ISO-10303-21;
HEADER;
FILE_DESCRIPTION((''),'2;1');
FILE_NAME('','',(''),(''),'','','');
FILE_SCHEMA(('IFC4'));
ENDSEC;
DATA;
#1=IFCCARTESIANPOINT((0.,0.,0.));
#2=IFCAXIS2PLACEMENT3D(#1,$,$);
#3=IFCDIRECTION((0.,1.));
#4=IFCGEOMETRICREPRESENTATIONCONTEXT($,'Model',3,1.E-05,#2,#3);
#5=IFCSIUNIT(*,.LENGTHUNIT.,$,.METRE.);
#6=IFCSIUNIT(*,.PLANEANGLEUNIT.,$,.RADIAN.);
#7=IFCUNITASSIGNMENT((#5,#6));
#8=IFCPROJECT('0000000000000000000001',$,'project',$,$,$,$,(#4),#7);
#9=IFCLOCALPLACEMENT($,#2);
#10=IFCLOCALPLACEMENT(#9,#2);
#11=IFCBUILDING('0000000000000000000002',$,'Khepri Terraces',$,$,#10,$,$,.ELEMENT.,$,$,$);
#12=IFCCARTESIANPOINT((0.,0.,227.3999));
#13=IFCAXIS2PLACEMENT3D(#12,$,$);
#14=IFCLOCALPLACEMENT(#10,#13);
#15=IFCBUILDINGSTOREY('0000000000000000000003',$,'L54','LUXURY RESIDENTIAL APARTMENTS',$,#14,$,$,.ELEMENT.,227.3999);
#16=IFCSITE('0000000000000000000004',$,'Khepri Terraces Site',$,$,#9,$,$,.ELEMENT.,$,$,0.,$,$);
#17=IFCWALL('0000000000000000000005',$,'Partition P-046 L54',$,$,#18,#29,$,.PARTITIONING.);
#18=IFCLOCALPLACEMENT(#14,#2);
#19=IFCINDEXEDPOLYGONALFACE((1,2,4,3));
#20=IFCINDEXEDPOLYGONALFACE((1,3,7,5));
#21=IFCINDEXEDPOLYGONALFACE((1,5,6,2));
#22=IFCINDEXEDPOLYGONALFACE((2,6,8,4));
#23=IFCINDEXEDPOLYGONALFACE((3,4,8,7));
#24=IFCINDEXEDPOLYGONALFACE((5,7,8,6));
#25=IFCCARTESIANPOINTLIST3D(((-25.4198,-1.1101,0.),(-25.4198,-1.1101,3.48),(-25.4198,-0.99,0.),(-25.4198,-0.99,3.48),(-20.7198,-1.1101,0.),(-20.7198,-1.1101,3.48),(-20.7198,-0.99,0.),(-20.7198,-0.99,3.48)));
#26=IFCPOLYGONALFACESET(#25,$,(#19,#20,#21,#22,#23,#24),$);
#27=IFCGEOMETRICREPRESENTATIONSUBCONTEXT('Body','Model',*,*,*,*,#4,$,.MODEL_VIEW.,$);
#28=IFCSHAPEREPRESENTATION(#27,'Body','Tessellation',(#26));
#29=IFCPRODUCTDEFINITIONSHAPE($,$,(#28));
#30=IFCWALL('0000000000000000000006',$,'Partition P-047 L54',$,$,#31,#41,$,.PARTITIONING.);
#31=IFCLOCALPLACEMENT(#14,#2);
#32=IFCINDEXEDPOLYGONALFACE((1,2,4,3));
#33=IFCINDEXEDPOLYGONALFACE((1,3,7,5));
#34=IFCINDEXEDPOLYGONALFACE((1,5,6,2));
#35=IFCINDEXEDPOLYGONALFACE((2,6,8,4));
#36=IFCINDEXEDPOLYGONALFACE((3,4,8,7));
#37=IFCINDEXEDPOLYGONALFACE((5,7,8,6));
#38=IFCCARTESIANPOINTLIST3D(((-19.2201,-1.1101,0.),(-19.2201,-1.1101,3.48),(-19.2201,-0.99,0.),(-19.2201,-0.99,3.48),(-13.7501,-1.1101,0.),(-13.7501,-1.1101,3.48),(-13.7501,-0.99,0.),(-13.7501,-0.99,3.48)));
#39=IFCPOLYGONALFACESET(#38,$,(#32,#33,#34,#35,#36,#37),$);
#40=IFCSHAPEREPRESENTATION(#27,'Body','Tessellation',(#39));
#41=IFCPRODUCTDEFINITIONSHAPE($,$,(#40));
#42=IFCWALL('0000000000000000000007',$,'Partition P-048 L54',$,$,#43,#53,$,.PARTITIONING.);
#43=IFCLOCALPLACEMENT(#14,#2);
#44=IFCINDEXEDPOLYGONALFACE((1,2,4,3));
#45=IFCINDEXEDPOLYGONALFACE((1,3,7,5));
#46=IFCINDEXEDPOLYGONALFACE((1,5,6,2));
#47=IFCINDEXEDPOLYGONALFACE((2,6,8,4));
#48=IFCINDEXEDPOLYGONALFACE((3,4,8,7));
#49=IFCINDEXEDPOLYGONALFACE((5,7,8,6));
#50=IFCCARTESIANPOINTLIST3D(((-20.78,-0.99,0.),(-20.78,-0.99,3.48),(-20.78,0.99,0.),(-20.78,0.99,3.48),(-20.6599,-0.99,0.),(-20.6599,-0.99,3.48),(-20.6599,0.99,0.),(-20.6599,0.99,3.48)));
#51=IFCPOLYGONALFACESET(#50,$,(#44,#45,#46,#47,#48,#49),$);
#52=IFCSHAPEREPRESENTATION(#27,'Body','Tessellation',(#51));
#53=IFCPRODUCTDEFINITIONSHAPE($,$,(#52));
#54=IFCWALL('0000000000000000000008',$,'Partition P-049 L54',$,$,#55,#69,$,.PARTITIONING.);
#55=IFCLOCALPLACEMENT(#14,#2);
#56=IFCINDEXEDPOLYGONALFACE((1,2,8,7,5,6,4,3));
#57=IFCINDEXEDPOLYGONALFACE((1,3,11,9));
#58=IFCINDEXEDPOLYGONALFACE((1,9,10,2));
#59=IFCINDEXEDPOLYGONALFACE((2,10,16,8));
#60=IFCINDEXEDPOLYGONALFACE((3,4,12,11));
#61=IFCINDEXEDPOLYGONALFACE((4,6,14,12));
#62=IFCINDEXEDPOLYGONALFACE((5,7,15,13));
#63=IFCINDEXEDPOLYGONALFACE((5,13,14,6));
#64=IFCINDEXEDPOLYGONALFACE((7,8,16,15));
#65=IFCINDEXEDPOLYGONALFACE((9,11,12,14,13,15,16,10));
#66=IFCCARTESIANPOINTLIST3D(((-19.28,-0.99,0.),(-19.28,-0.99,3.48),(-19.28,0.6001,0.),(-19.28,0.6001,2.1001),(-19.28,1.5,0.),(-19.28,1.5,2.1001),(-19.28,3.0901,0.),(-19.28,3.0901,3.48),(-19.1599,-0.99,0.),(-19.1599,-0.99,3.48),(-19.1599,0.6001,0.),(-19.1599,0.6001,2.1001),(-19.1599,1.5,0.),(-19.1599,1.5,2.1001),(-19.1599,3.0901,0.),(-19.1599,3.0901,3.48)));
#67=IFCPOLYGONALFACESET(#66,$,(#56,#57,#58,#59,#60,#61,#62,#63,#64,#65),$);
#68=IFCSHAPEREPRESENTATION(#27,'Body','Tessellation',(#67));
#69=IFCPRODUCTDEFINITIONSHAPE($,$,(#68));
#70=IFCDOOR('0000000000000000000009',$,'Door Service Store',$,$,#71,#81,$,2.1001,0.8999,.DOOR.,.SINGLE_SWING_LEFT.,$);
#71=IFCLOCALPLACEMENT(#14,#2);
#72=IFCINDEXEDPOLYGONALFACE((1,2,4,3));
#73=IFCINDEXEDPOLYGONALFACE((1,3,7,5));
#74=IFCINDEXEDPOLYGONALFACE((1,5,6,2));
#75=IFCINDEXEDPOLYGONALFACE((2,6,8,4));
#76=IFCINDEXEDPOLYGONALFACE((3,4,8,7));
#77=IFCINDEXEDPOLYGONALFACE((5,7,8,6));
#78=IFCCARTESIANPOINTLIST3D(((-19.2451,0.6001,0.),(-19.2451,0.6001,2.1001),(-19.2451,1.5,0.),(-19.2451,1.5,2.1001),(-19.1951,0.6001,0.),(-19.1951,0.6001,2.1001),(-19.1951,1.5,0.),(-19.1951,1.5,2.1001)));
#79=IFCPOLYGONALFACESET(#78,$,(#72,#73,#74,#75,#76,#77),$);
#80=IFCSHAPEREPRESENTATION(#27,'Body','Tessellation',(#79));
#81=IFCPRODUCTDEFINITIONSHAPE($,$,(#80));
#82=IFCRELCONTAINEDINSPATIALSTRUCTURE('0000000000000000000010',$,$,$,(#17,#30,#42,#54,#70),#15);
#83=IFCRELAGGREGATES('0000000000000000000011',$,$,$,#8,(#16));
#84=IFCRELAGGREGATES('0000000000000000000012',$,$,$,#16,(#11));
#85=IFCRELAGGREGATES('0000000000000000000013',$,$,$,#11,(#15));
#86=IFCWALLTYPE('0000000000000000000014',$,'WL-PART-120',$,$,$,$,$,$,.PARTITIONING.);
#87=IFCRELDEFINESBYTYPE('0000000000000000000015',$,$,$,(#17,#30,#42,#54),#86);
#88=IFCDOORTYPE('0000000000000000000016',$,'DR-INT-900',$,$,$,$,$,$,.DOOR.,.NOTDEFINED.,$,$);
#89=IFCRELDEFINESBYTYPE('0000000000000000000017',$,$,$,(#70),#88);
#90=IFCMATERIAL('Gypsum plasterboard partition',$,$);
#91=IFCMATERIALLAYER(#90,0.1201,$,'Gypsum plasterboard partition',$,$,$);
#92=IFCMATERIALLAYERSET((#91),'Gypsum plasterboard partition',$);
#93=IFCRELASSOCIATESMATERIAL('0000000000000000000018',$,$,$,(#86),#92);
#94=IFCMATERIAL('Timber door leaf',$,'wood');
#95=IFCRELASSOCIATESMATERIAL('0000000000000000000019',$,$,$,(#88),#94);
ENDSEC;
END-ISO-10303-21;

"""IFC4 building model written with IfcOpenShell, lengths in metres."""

from ifc_helpers import new_model, si_unit, direction, frame, frame_2d, origin, place, context, subcontext, project, spatial, rectangle, extrude, material, layer, layer_set, type_object, element, fill, save


model = new_model("IFC4")

# Units and contexts
model_context = context("Model", 3, precision=1e-05, world=origin(), true_north=direction((0.0, 1.0)))
body_context = subcontext(model_context, "Body", "Model", "MODEL_VIEW")
ifc_project = project(units=[si_unit("LENGTHUNIT", "METRE"), si_unit("PLANEANGLEUNIT", "RADIAN")], contexts=[model_context])

# Site, building, storey
site_placement = place(None, origin())
site = spatial("IfcSite", under=ifc_project, at=site_placement, Name="Khepri Terraces Site", CompositionType="ELEMENT", RefElevation=0.0)
building_placement = place(site_placement, origin())
building = spatial("IfcBuilding", under=site, at=building_placement, Name="Khepri Terraces", CompositionType="ELEMENT")
storey_placement = place(building_placement, frame((0.0, 0.0, 227.3999)))
storey = spatial("IfcBuildingStorey", under=building, at=storey_placement, Name="L54", Description="LUXURY RESIDENTIAL APARTMENTS", CompositionType="ELEMENT", Elevation=227.3999)

# Shared definitions
ifc_material_1 = material(Name="Gypsum plasterboard partition")
ifc_layer_1 = layer(ifc_material_1, 0.1201, Name="Gypsum plasterboard partition")
ifc_layer_set_1 = layer_set([ifc_layer_1], Name="Gypsum plasterboard partition")
wall_type_1 = type_object("IfcWallType", Name="WL-PART-120", PredefinedType="PARTITIONING", material=ifc_layer_set_1)
ifc_material_2 = material(Name="Timber door leaf", Category="wood")
door_type_1 = type_object("IfcDoorType", Name="DR-INT-900", OperationType="NOTDEFINED", PredefinedType="DOOR", material=ifc_material_2)

# Walls
wall_1_placement = place(storey_placement, frame((-25.4199, -1.05, 0.0), z_axis=(0.0, 0.0, 1.0), x_axis=(1.0, 0.0, 0.0)))
element("IfcWall", 1, at=wall_1_placement, inside=storey, type_object=wall_type_1, Name="Partition P-046 L54", PredefinedType="PARTITIONING", context=body_context, shape_type="SweptSolid", body=[
    extrude(rectangle(XDim=4.7, YDim=0.1201, at=frame_2d((2.3501, 0.0))), origin(), (0.0, 0.0, 1.0), 3.48),
])
wall_2_placement = place(storey_placement, frame((-19.22, -1.05, 0.0), z_axis=(0.0, 0.0, 1.0), x_axis=(1.0, 0.0, 0.0)))
element("IfcWall", 2, at=wall_2_placement, inside=storey, type_object=wall_type_1, Name="Partition P-047 L54", PredefinedType="PARTITIONING", context=body_context, shape_type="SweptSolid", body=[
    extrude(rectangle(XDim=5.47, YDim=0.1201, at=frame_2d((2.7349, 0.0))), origin(), (0.0, 0.0, 1.0), 3.48),
])
wall_3_placement = place(storey_placement, frame((-20.72, -0.99, 0.0), z_axis=(0.0, 0.0, 1.0), x_axis=(0.0, 1.0, 0.0)))
element("IfcWall", 3, at=wall_3_placement, inside=storey, type_object=wall_type_1, Name="Partition P-048 L54", PredefinedType="PARTITIONING", context=body_context, shape_type="SweptSolid", body=[
    extrude(rectangle(XDim=1.98, YDim=0.1201, at=frame_2d((0.99, 0.0))), origin(), (0.0, 0.0, 1.0), 3.48),
])

# Wall, opening, door
wall_4_placement = place(storey_placement, frame((-19.22, -0.99, 0.0), z_axis=(0.0, 0.0, 1.0), x_axis=(0.0, 1.0, 0.0)))
wall_4 = element("IfcWall", 4, at=wall_4_placement, inside=storey, type_object=wall_type_1, Name="Partition P-049 L54", PredefinedType="PARTITIONING", context=body_context, shape_type="SweptSolid", body=[
    extrude(rectangle(XDim=4.0801, YDim=0.1201, at=frame_2d((2.04, 0.0))), origin(), (0.0, 0.0, 1.0), 3.48),
])
opening_1_placement = place(wall_4_placement, frame((1.5901, 0.0, 0.0)))
opening_1 = element("IfcOpeningElement", 5, at=opening_1_placement, cuts=wall_4, PredefinedType="OPENING", context=body_context, shape_type="SweptSolid", body=[
    extrude(rectangle(XDim=0.8999, YDim=2.1001, at=frame_2d((0.45, 1.05))), frame((0.0, 0.0701, 0.0), z_axis=(0.0, -1.0, 0.0), x_axis=(1.0, 0.0, 0.0)), (0.0, 0.0, 1.0), 0.1401),
])
door_1_placement = place(opening_1_placement, frame((0.8999, 0.0, 0.0), z_axis=(0.0, 0.0, 1.0), x_axis=(-1.0, 0.0, 0.0)))
door_1 = element("IfcDoor", 6, at=door_1_placement, inside=storey, type_object=door_type_1, Name="Door Service Store", OperationType="SINGLE_SWING_LEFT", OverallHeight=2.1001, OverallWidth=0.8999, PredefinedType="DOOR", context=body_context, shape_type="SweptSolid", body=[
    extrude(rectangle(XDim=0.8999, YDim=2.1001, at=frame_2d((0.45, 1.05))), frame((0.0, 0.0249, 0.0), z_axis=(0.0, -1.0, 0.0), x_axis=(1.0, 0.0, 0.0)), (0.0, 0.0, 1.0), 0.05),
])
fill(opening_1, door_1)

save(model, "model.ifc")
